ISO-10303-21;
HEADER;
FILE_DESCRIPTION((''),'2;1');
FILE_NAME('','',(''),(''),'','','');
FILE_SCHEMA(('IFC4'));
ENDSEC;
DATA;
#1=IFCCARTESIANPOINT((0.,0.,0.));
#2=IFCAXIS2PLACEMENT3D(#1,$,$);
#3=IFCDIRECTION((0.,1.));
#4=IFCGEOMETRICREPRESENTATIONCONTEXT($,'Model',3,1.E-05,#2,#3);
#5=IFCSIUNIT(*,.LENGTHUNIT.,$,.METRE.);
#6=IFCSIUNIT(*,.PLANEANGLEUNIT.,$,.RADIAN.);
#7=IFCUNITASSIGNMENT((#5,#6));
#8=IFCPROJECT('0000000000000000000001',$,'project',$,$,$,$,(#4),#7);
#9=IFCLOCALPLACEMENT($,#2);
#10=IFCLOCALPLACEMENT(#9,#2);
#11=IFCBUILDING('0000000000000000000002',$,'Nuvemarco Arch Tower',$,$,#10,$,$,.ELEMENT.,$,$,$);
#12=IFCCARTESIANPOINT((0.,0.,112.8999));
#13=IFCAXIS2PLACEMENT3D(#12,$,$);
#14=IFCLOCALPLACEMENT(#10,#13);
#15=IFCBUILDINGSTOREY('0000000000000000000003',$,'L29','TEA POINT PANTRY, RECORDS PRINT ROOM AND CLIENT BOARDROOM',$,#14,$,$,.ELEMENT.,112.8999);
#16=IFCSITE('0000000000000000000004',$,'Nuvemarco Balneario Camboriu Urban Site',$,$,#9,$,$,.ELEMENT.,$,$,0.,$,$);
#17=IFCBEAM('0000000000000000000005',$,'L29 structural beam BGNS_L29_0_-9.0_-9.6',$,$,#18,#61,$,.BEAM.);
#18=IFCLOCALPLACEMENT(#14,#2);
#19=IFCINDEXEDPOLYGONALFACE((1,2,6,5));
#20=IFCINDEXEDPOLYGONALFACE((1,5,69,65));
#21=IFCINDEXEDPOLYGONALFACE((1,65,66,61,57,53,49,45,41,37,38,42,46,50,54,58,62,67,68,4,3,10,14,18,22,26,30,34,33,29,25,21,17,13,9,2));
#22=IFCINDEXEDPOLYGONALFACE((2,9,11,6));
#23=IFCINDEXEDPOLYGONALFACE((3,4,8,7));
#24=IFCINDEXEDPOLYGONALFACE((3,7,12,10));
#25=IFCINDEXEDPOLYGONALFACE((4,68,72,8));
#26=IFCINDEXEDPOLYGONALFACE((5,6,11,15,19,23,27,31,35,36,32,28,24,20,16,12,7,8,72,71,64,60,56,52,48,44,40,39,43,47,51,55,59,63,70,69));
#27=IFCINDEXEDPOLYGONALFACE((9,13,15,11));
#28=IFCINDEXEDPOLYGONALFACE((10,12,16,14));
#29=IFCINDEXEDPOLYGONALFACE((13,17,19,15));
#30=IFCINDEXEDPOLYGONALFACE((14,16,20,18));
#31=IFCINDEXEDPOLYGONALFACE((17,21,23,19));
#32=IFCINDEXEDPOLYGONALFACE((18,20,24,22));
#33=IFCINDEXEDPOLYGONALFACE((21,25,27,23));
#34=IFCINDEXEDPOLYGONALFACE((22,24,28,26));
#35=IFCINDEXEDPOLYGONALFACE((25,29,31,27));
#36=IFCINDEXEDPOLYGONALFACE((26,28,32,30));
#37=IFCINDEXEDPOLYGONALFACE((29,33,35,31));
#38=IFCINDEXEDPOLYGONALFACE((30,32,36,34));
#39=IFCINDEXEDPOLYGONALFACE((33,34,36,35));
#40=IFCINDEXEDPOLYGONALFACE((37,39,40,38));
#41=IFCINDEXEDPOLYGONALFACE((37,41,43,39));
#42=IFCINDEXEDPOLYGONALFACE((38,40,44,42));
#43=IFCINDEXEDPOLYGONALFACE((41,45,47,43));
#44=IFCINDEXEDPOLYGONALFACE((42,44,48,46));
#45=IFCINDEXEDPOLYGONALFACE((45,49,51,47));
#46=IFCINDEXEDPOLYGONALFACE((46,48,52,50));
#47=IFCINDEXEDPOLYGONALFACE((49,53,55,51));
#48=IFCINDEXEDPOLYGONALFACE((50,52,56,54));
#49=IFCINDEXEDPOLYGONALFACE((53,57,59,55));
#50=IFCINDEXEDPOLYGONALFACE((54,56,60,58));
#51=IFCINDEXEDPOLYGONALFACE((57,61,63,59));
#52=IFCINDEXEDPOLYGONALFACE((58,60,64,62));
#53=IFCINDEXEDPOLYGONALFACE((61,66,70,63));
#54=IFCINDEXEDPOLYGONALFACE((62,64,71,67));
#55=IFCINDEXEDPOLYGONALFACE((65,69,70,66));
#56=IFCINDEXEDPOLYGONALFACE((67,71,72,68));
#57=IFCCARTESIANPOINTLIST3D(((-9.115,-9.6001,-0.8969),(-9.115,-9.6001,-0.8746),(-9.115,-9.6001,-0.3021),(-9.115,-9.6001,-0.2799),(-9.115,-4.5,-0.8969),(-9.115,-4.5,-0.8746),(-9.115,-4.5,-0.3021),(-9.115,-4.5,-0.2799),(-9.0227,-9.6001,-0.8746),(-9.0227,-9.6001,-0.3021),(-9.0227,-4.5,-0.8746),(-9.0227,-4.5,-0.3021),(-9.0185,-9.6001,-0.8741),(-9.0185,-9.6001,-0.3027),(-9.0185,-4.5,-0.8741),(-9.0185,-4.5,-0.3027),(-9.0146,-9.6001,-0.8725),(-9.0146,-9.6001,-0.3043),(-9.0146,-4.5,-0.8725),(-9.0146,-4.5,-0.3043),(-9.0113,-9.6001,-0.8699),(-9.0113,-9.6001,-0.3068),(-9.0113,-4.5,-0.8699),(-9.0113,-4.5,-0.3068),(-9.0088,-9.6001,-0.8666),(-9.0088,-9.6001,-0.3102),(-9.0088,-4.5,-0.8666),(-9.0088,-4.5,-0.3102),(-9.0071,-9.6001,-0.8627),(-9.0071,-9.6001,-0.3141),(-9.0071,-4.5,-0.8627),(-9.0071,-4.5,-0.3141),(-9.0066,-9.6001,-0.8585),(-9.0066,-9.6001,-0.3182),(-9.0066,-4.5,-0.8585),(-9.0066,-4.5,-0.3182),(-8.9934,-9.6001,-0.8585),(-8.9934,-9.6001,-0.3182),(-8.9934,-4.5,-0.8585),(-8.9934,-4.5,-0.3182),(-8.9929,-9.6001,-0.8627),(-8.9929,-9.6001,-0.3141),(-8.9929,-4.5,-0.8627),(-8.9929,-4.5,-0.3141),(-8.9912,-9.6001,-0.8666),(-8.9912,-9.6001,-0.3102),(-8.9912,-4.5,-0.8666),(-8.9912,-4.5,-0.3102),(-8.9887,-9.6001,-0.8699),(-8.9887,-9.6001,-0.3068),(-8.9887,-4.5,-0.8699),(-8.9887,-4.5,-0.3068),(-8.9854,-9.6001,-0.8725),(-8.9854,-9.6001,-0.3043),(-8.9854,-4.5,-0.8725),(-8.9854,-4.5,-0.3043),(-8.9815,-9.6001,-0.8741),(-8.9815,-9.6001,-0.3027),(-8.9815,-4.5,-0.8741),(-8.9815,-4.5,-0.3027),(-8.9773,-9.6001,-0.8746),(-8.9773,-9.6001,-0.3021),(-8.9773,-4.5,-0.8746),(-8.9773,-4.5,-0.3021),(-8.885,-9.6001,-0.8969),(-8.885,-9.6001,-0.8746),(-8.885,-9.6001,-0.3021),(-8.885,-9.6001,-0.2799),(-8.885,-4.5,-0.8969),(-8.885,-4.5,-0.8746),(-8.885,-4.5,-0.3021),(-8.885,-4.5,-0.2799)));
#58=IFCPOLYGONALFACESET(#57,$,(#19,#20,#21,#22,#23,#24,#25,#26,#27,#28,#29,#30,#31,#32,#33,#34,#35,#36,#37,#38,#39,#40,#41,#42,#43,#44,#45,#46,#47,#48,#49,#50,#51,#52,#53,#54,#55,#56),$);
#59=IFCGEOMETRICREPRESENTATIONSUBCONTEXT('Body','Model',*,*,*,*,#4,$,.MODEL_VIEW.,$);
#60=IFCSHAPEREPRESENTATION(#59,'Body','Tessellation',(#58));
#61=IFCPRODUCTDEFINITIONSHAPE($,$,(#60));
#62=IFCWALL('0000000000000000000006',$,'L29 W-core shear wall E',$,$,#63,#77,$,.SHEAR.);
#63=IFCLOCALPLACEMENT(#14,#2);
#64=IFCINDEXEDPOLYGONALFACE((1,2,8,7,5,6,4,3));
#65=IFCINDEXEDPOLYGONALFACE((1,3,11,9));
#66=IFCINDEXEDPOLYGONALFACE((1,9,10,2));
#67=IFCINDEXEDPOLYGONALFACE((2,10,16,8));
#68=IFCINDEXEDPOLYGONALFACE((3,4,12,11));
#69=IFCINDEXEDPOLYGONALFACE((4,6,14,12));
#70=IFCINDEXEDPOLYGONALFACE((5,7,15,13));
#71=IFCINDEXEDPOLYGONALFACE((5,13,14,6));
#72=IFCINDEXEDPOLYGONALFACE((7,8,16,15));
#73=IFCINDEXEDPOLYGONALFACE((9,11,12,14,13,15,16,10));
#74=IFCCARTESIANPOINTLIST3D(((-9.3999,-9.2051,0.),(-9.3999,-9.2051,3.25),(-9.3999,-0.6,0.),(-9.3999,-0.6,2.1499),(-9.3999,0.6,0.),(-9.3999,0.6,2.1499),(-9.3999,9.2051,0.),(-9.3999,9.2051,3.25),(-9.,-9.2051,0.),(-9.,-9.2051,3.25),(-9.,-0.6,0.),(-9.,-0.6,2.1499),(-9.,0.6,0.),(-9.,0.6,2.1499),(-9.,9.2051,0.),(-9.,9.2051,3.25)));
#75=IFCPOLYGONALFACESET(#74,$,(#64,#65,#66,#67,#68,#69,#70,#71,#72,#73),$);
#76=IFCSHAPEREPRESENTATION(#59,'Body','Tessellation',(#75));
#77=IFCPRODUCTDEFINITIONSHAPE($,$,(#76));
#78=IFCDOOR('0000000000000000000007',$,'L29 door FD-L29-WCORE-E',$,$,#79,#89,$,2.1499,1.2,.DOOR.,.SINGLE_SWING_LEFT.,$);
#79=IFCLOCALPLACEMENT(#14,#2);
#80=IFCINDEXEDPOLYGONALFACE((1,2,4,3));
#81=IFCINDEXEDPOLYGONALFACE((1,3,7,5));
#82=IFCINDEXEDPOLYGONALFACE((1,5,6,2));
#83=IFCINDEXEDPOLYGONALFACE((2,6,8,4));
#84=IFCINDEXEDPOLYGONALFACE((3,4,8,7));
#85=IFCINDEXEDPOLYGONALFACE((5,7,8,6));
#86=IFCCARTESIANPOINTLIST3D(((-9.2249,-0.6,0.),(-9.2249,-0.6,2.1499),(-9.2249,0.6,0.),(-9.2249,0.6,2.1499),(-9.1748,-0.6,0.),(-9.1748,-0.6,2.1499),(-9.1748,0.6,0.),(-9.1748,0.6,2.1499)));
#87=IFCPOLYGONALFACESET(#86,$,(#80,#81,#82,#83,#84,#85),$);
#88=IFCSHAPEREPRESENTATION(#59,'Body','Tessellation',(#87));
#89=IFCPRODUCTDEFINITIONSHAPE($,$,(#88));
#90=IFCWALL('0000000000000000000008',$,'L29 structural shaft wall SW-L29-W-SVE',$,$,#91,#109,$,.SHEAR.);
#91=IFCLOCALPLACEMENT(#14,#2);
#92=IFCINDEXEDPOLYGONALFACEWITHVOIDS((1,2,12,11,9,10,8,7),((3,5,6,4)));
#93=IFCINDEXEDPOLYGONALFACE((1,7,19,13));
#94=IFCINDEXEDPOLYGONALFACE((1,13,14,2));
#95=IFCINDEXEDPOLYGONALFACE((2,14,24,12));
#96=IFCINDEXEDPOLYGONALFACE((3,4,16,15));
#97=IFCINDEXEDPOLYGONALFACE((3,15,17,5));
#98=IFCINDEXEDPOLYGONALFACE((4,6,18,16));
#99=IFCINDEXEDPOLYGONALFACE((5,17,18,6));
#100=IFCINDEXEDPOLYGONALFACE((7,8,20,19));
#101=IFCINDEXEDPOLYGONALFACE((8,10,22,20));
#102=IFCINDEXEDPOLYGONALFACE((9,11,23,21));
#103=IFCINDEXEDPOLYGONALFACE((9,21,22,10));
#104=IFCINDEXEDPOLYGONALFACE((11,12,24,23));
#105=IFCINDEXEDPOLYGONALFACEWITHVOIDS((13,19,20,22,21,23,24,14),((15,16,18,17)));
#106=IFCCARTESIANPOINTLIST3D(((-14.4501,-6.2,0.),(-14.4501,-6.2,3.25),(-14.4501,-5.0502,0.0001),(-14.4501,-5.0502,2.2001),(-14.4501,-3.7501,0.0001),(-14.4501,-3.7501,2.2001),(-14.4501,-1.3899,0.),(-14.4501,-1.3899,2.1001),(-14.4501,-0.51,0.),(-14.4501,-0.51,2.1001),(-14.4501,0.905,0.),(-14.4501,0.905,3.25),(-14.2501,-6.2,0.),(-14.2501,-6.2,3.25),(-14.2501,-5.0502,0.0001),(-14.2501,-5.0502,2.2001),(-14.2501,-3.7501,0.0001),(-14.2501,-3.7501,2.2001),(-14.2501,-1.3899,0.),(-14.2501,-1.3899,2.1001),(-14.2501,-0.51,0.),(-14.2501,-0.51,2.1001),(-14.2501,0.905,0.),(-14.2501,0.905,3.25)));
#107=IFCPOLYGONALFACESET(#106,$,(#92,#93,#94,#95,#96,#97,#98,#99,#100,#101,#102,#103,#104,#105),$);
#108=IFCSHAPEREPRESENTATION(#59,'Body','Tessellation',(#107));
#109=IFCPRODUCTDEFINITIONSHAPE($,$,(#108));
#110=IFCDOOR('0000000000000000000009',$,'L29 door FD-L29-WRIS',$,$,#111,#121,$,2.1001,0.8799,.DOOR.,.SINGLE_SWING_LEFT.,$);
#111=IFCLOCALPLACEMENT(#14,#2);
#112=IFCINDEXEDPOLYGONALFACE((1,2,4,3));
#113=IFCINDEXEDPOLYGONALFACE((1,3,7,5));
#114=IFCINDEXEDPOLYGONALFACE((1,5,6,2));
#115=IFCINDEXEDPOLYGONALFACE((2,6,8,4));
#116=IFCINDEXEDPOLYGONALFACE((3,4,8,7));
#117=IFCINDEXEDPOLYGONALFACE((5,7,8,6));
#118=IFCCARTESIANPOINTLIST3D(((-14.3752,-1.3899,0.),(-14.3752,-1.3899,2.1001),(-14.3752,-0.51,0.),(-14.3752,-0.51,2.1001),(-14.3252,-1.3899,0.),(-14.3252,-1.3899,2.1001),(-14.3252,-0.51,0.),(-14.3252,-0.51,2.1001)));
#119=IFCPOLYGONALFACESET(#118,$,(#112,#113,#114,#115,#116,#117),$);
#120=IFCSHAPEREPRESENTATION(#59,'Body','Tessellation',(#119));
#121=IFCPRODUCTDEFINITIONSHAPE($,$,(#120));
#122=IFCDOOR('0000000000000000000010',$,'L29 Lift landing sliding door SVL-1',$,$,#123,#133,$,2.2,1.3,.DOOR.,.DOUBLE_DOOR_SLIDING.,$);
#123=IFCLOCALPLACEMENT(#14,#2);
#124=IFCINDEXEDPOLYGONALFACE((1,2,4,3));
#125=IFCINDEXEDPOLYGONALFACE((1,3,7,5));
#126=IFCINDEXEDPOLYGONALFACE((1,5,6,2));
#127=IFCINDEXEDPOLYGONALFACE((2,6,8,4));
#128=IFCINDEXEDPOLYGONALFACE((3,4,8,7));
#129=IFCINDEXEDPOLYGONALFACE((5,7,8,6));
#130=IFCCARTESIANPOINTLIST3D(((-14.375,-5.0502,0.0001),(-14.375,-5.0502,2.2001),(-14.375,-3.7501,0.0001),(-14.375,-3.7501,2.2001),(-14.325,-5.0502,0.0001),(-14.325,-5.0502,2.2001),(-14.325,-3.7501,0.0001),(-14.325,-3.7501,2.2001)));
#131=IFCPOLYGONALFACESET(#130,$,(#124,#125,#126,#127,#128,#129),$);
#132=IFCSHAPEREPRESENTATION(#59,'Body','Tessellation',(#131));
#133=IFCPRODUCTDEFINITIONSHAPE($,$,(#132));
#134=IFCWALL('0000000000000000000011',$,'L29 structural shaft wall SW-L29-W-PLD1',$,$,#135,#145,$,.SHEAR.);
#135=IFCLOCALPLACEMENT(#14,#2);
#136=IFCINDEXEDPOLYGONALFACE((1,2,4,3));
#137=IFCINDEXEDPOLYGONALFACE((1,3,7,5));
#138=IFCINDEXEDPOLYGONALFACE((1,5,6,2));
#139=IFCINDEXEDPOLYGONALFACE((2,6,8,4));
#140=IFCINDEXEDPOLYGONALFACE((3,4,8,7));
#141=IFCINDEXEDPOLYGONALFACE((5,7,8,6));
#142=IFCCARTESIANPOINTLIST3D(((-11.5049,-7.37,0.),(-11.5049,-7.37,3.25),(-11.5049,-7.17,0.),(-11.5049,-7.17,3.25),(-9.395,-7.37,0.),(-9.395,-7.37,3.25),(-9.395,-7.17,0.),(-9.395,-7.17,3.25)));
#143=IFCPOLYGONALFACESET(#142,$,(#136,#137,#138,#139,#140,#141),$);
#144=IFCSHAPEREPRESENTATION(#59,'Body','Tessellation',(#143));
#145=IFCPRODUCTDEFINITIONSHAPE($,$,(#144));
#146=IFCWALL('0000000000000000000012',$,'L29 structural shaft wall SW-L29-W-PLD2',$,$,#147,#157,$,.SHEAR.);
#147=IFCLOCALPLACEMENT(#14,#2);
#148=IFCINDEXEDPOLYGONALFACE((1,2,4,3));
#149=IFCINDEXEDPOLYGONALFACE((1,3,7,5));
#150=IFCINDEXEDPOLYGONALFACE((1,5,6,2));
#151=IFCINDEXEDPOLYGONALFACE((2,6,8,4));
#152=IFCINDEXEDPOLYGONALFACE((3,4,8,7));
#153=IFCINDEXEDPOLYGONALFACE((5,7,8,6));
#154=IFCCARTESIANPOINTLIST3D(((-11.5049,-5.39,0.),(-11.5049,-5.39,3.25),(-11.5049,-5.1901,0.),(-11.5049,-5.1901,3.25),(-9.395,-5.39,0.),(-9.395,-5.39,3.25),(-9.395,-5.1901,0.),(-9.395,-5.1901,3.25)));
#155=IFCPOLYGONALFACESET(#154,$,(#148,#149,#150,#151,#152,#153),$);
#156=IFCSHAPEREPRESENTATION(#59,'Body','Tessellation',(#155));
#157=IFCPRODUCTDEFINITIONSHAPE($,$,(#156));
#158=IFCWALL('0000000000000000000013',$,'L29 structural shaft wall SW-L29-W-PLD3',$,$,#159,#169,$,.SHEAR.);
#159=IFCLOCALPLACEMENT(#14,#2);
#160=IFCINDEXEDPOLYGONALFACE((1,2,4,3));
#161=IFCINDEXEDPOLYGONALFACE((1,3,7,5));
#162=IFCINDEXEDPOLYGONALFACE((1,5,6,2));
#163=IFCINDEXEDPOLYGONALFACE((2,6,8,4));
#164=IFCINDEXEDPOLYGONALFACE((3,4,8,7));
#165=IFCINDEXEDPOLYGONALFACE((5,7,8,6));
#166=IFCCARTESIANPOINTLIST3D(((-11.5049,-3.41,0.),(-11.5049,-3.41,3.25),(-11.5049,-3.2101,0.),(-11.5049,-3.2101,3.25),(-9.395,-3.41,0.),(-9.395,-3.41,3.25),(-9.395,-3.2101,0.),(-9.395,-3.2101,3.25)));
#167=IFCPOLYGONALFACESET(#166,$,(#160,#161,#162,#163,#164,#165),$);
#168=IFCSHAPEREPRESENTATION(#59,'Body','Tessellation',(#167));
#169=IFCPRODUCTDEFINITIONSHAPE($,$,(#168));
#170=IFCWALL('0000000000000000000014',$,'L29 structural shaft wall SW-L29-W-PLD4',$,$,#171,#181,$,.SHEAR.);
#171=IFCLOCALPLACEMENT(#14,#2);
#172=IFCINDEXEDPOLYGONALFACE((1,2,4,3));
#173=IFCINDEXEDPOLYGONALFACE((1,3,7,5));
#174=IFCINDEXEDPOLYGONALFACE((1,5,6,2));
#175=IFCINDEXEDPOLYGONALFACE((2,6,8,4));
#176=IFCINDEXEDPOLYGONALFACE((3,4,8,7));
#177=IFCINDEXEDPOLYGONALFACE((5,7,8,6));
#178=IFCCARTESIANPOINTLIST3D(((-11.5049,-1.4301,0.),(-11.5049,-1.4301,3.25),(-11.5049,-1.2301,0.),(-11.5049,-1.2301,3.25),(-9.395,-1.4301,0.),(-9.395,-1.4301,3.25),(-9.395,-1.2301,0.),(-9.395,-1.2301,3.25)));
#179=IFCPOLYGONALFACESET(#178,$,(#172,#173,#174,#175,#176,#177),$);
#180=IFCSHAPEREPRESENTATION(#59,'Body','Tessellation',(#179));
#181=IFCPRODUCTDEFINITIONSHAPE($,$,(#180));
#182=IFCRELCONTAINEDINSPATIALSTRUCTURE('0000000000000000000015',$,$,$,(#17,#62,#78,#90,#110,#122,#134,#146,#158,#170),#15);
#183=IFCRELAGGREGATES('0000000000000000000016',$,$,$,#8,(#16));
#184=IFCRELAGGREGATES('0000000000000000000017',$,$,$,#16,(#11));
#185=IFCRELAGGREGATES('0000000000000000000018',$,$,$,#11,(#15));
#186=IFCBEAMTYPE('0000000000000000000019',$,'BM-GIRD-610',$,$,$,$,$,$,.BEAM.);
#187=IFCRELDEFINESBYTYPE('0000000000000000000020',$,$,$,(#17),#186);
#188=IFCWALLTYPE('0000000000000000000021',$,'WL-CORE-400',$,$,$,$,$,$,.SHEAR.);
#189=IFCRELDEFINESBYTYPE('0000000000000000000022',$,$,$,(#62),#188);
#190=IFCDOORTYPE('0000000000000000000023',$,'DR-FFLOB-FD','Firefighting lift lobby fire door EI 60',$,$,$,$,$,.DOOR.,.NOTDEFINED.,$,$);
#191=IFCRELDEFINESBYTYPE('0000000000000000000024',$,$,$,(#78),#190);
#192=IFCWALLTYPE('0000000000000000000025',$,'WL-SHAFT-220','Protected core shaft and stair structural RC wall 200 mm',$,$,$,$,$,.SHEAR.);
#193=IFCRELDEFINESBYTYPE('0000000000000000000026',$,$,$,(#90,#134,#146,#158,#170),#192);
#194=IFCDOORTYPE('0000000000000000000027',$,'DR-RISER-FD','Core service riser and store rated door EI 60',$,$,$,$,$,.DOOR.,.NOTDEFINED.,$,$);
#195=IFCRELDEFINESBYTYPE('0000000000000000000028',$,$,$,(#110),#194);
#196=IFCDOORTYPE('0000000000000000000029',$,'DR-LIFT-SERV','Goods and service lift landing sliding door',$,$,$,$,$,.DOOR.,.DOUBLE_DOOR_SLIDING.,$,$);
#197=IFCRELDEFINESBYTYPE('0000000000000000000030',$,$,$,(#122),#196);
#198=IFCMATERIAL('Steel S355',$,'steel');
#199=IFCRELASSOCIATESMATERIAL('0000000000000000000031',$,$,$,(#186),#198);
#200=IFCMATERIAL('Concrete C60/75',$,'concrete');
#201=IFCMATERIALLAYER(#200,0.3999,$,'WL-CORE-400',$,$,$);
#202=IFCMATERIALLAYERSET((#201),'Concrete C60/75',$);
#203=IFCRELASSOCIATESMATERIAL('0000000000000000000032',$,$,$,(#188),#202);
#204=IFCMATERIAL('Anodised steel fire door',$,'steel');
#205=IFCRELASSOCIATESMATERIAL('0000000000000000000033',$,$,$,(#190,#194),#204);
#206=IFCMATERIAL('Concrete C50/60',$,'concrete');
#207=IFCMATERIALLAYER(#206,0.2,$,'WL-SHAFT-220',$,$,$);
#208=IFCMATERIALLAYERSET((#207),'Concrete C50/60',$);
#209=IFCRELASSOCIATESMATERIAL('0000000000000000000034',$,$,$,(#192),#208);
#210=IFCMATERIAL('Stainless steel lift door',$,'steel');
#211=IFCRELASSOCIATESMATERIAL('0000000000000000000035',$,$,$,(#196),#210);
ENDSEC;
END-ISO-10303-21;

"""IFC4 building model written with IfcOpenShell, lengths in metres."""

from ifc_helpers import new_model, si_unit, direction, frame, frame_2d, origin, origin_2d, place, context, subcontext, project, spatial, rectangle, i_section, extrude, source, transform, mapped, material, layer, layer_set, material_profile, profile_set, type_object, type_shapes, element, fill, save


model = new_model("IFC4")

# Units and contexts
model_context = context("Model", 3, precision=1e-05, world=origin(), true_north=direction((0.0, 1.0)))
body_context = subcontext(model_context, "Body", "Model", "MODEL_VIEW")
ifc_project = project(units=[si_unit("LENGTHUNIT", "METRE"), si_unit("PLANEANGLEUNIT", "RADIAN")], contexts=[model_context])

# Site, building, storey
site_placement = place(None, origin())
site = spatial("IfcSite", under=ifc_project, at=site_placement, Name="Nuvemarco Balneario Camboriu Urban Site", CompositionType="ELEMENT", RefElevation=0.0)
building_placement = place(site_placement, origin())
building = spatial("IfcBuilding", under=site, at=building_placement, Name="Nuvemarco Arch Tower", CompositionType="ELEMENT")
storey_placement = place(building_placement, frame((0.0, 0.0, 112.8999)))
storey = spatial("IfcBuildingStorey", under=building, at=storey_placement, Name="L29", Description="TEA POINT PANTRY, RECORDS PRINT ROOM AND CLIENT BOARDROOM", CompositionType="ELEMENT", Elevation=112.8999)

# Beam
ifc_material_1 = material(Name="Steel S355", Category="steel")
ifc_material_profile = material_profile(ifc_material_1, i_section(OverallWidth=0.23, OverallDepth=0.6169, WebThickness=0.0132, FlangeThickness=0.0222, FilletRadius=0.0161, at=origin_2d()), Name="W610x140")
ifc_profile_set = profile_set([ifc_material_profile], Name="Steel S355")
beam_type = type_object("IfcBeamType", Name="BM-GIRD-610", PredefinedType="BEAM", material=ifc_profile_set)
beam_placement = place(storey_placement, frame((-9.0, -9.6001, -0.5884), z_axis=(0.0, 1.0, 0.0), x_axis=(-1.0, 0.0, 0.0)))
element("IfcBeam", 1, at=beam_placement, inside=storey, type_object=beam_type, Name="L29 structural beam BGNS_L29_0_-9.0_-9.6", PredefinedType="BEAM", context=body_context, shape_type="SweptSolid", body=[
    extrude(i_section(OverallWidth=0.23, OverallDepth=0.6169, WebThickness=0.0132, FlangeThickness=0.0222, FilletRadius=0.0161, at=origin_2d()), origin(), (0.0, 0.0, 1.0), 5.1001),
])

# Wall, opening, door
ifc_material_2 = material(Name="Concrete C60/75", Category="concrete")
ifc_layer_1 = layer(ifc_material_2, 0.3999, Name="WL-CORE-400")
ifc_layer_set_1 = layer_set([ifc_layer_1], Name="Concrete C60/75")
wall_type_1 = type_object("IfcWallType", Name="WL-CORE-400", PredefinedType="SHEAR", material=ifc_layer_set_1)
wall_1_placement = place(storey_placement, frame((-9.2, -9.2051, 0.0), z_axis=(0.0, 0.0, 1.0), x_axis=(0.0, 1.0, 0.0)))
wall_1 = element("IfcWall", 2, at=wall_1_placement, inside=storey, type_object=wall_type_1, Name="L29 W-core shear wall E", PredefinedType="SHEAR", context=body_context, shape_type="SweptSolid", body=[
    extrude(rectangle(XDim=18.4102, YDim=0.3999, at=frame_2d((9.2051, 0.0))), origin(), (0.0, 0.0, 1.0), 3.25),
])
opening_1_placement = place(wall_1_placement, frame((8.605, 0.0, 0.0)))
opening_1 = element("IfcOpeningElement", 3, at=opening_1_placement, cuts=wall_1, PredefinedType="OPENING", context=body_context, shape_type="SweptSolid", body=[
    extrude(rectangle(XDim=1.2, YDim=2.1499, at=frame_2d((0.6001, 1.075))), frame((0.0, 0.21, 0.0), z_axis=(0.0, -1.0, 0.0), x_axis=(1.0, 0.0, 0.0)), (0.0, 0.0, 1.0), 0.4199),
])
ifc_material_3 = material(Name="Anodised steel fire door", Category="steel")
door_type_1 = type_object("IfcDoorType", Name="DR-FFLOB-FD", Description="Firefighting lift lobby fire door EI 60", OperationType="NOTDEFINED", PredefinedType="DOOR", material=ifc_material_3)
shared_shape_1 = source(origin(), body_context, "Body", "SweptSolid", [
    extrude(rectangle(XDim=1.2, YDim=2.1499, at=frame_2d((0.6001, 1.075))), frame((0.0, 0.0249, 0.0), z_axis=(0.0, -1.0, 0.0), x_axis=(1.0, 0.0, 0.0)), (0.0, 0.0, 1.0), 0.05),
])
type_shapes(door_type_1, [shared_shape_1])
door_1_placement = place(opening_1_placement, origin())
door_1 = element("IfcDoor", 4, at=door_1_placement, inside=storey, type_object=door_type_1, Name="L29 door FD-L29-WCORE-E", OperationType="SINGLE_SWING_LEFT", OverallHeight=2.1499, OverallWidth=1.2, PredefinedType="DOOR", context=body_context, shape_type="MappedRepresentation", body=[
    mapped(shared_shape_1, transform((0.0, 0.0, 0.0), scale=1.0)),
])
fill(opening_1, door_1)
ifc_material_4 = material(Name="Concrete C50/60", Category="concrete")
ifc_layer_2 = layer(ifc_material_4, 0.2, Name="WL-SHAFT-220")
ifc_layer_set_2 = layer_set([ifc_layer_2], Name="Concrete C50/60")
wall_type_2 = type_object("IfcWallType", Name="WL-SHAFT-220", Description="Protected core shaft and stair structural RC wall 200 mm", PredefinedType="SHEAR", material=ifc_layer_set_2)
ifc_material_5 = material(Name="Stainless steel lift door", Category="steel")

# Wall, openings, doors
wall_2_placement = place(storey_placement, frame((-14.3501, -6.2, 0.0), z_axis=(0.0, 0.0, 1.0), x_axis=(0.0, 1.0, 0.0)))
wall_2 = element("IfcWall", 5, at=wall_2_placement, inside=storey, type_object=wall_type_2, Name="L29 structural shaft wall SW-L29-W-SVE", PredefinedType="SHEAR", context=body_context, shape_type="SweptSolid", body=[
    extrude(rectangle(XDim=7.105, YDim=0.2, at=frame_2d((3.5525, 0.0))), origin(), (0.0, 0.0, 1.0), 3.25),
])
opening_2_placement = place(wall_2_placement, frame((5.6899, 0.0, 0.0), z_axis=(0.0, 0.0, 1.0), x_axis=(-1.0, 0.0, 0.0)))
opening_2 = element("IfcOpeningElement", 6, at=opening_2_placement, cuts=wall_2, PredefinedType="OPENING", context=body_context, shape_type="SweptSolid", body=[
    extrude(rectangle(XDim=0.8799, YDim=2.1001, at=frame_2d((0.4399, 1.05))), frame((0.0, 0.1099, 0.0), z_axis=(0.0, -1.0, 0.0), x_axis=(1.0, 0.0, 0.0)), (0.0, 0.0, 1.0), 0.22),
])
opening_3_placement = place(wall_2_placement, frame((1.1499, 0.0, 0.0)))
opening_3 = element("IfcOpeningElement", 7, at=opening_3_placement, cuts=wall_2, PredefinedType="OPENING", context=body_context, shape_type="SweptSolid", body=[
    extrude(rectangle(XDim=1.3, YDim=2.2, at=frame_2d((0.6499, 1.1001))), frame((0.0, 0.1099, 0.0), z_axis=(0.0, -1.0, 0.0), x_axis=(1.0, 0.0, 0.0)), (0.0, 0.0, 1.0), 0.22),
])
door_type_2 = type_object("IfcDoorType", Name="DR-RISER-FD", Description="Core service riser and store rated door EI 60", OperationType="NOTDEFINED", PredefinedType="DOOR", material=ifc_material_3)
shared_shape_2 = source(origin(), body_context, "Body", "SweptSolid", [
    extrude(rectangle(XDim=0.8799, YDim=2.1001, at=frame_2d((0.4399, 1.05))), frame((0.0, 0.0249, 0.0), z_axis=(0.0, -1.0, 0.0), x_axis=(1.0, 0.0, 0.0)), (0.0, 0.0, 1.0), 0.05),
])
type_shapes(door_type_2, [shared_shape_2])
door_2_placement = place(opening_2_placement, origin())
door_2 = element("IfcDoor", 8, at=door_2_placement, inside=storey, type_object=door_type_2, Name="L29 door FD-L29-WRIS", OperationType="SINGLE_SWING_LEFT", OverallHeight=2.1001, OverallWidth=0.8799, PredefinedType="DOOR", context=body_context, shape_type="MappedRepresentation", body=[
    mapped(shared_shape_2, transform((0.0, 0.0, 0.0), scale=1.0)),
])
fill(opening_2, door_2)
door_type_3 = type_object("IfcDoorType", Name="DR-LIFT-SERV", Description="Goods and service lift landing sliding door", OperationType="DOUBLE_DOOR_SLIDING", PredefinedType="DOOR", material=ifc_material_5)
shared_shape_3 = source(origin(), body_context, "Body", "SweptSolid", [
    extrude(rectangle(XDim=1.3, YDim=2.2, at=frame_2d((0.6499, 1.1001))), frame((0.0, 0.0249, 0.0), z_axis=(0.0, -1.0, 0.0), x_axis=(1.0, 0.0, 0.0)), (0.0, 0.0, 1.0), 0.05),
])
type_shapes(door_type_3, [shared_shape_3])
door_3_placement = place(opening_3_placement, origin())
door_3 = element("IfcDoor", 9, at=door_3_placement, inside=storey, type_object=door_type_3, Name="L29 Lift landing sliding door SVL-1", OperationType="DOUBLE_DOOR_SLIDING", OverallHeight=2.2, OverallWidth=1.3, PredefinedType="DOOR", context=body_context, shape_type="MappedRepresentation", body=[
    mapped(shared_shape_3, transform((0.0, 0.0, 0.0), scale=1.0)),
])
fill(opening_3, door_3)

# Walls
for number, where, z_axis, x_axis, name in (
    (10, (-11.5049, -7.27, 0.0), (0.0, 0.0, 1.0), (1.0, 0.0, 0.0), "L29 structural shaft wall SW-L29-W-PLD1"),
    (11, (-11.5049, -5.29, 0.0), (0.0, 0.0, 1.0), (1.0, 0.0, 0.0), "L29 structural shaft wall SW-L29-W-PLD2"),
    (12, (-11.5049, -3.3101, 0.0), (0.0, 0.0, 1.0), (1.0, 0.0, 0.0), "L29 structural shaft wall SW-L29-W-PLD3"),
    (13, (-11.5049, -1.3301, 0.0), (0.0, 0.0, 1.0), (1.0, 0.0, 0.0), "L29 structural shaft wall SW-L29-W-PLD4"),
):
    element("IfcWall", number, at=place(storey_placement, frame(where, z_axis=z_axis, x_axis=x_axis)), inside=storey, type_object=wall_type_2, Name=name, PredefinedType="SHEAR", context=body_context, shape_type="SweptSolid", body=[
        extrude(rectangle(XDim=2.1099, YDim=0.2, at=frame_2d((1.0549, 0.0))), origin(), (0.0, 0.0, 1.0), 3.25),
    ])

save(model, "model.ifc")
